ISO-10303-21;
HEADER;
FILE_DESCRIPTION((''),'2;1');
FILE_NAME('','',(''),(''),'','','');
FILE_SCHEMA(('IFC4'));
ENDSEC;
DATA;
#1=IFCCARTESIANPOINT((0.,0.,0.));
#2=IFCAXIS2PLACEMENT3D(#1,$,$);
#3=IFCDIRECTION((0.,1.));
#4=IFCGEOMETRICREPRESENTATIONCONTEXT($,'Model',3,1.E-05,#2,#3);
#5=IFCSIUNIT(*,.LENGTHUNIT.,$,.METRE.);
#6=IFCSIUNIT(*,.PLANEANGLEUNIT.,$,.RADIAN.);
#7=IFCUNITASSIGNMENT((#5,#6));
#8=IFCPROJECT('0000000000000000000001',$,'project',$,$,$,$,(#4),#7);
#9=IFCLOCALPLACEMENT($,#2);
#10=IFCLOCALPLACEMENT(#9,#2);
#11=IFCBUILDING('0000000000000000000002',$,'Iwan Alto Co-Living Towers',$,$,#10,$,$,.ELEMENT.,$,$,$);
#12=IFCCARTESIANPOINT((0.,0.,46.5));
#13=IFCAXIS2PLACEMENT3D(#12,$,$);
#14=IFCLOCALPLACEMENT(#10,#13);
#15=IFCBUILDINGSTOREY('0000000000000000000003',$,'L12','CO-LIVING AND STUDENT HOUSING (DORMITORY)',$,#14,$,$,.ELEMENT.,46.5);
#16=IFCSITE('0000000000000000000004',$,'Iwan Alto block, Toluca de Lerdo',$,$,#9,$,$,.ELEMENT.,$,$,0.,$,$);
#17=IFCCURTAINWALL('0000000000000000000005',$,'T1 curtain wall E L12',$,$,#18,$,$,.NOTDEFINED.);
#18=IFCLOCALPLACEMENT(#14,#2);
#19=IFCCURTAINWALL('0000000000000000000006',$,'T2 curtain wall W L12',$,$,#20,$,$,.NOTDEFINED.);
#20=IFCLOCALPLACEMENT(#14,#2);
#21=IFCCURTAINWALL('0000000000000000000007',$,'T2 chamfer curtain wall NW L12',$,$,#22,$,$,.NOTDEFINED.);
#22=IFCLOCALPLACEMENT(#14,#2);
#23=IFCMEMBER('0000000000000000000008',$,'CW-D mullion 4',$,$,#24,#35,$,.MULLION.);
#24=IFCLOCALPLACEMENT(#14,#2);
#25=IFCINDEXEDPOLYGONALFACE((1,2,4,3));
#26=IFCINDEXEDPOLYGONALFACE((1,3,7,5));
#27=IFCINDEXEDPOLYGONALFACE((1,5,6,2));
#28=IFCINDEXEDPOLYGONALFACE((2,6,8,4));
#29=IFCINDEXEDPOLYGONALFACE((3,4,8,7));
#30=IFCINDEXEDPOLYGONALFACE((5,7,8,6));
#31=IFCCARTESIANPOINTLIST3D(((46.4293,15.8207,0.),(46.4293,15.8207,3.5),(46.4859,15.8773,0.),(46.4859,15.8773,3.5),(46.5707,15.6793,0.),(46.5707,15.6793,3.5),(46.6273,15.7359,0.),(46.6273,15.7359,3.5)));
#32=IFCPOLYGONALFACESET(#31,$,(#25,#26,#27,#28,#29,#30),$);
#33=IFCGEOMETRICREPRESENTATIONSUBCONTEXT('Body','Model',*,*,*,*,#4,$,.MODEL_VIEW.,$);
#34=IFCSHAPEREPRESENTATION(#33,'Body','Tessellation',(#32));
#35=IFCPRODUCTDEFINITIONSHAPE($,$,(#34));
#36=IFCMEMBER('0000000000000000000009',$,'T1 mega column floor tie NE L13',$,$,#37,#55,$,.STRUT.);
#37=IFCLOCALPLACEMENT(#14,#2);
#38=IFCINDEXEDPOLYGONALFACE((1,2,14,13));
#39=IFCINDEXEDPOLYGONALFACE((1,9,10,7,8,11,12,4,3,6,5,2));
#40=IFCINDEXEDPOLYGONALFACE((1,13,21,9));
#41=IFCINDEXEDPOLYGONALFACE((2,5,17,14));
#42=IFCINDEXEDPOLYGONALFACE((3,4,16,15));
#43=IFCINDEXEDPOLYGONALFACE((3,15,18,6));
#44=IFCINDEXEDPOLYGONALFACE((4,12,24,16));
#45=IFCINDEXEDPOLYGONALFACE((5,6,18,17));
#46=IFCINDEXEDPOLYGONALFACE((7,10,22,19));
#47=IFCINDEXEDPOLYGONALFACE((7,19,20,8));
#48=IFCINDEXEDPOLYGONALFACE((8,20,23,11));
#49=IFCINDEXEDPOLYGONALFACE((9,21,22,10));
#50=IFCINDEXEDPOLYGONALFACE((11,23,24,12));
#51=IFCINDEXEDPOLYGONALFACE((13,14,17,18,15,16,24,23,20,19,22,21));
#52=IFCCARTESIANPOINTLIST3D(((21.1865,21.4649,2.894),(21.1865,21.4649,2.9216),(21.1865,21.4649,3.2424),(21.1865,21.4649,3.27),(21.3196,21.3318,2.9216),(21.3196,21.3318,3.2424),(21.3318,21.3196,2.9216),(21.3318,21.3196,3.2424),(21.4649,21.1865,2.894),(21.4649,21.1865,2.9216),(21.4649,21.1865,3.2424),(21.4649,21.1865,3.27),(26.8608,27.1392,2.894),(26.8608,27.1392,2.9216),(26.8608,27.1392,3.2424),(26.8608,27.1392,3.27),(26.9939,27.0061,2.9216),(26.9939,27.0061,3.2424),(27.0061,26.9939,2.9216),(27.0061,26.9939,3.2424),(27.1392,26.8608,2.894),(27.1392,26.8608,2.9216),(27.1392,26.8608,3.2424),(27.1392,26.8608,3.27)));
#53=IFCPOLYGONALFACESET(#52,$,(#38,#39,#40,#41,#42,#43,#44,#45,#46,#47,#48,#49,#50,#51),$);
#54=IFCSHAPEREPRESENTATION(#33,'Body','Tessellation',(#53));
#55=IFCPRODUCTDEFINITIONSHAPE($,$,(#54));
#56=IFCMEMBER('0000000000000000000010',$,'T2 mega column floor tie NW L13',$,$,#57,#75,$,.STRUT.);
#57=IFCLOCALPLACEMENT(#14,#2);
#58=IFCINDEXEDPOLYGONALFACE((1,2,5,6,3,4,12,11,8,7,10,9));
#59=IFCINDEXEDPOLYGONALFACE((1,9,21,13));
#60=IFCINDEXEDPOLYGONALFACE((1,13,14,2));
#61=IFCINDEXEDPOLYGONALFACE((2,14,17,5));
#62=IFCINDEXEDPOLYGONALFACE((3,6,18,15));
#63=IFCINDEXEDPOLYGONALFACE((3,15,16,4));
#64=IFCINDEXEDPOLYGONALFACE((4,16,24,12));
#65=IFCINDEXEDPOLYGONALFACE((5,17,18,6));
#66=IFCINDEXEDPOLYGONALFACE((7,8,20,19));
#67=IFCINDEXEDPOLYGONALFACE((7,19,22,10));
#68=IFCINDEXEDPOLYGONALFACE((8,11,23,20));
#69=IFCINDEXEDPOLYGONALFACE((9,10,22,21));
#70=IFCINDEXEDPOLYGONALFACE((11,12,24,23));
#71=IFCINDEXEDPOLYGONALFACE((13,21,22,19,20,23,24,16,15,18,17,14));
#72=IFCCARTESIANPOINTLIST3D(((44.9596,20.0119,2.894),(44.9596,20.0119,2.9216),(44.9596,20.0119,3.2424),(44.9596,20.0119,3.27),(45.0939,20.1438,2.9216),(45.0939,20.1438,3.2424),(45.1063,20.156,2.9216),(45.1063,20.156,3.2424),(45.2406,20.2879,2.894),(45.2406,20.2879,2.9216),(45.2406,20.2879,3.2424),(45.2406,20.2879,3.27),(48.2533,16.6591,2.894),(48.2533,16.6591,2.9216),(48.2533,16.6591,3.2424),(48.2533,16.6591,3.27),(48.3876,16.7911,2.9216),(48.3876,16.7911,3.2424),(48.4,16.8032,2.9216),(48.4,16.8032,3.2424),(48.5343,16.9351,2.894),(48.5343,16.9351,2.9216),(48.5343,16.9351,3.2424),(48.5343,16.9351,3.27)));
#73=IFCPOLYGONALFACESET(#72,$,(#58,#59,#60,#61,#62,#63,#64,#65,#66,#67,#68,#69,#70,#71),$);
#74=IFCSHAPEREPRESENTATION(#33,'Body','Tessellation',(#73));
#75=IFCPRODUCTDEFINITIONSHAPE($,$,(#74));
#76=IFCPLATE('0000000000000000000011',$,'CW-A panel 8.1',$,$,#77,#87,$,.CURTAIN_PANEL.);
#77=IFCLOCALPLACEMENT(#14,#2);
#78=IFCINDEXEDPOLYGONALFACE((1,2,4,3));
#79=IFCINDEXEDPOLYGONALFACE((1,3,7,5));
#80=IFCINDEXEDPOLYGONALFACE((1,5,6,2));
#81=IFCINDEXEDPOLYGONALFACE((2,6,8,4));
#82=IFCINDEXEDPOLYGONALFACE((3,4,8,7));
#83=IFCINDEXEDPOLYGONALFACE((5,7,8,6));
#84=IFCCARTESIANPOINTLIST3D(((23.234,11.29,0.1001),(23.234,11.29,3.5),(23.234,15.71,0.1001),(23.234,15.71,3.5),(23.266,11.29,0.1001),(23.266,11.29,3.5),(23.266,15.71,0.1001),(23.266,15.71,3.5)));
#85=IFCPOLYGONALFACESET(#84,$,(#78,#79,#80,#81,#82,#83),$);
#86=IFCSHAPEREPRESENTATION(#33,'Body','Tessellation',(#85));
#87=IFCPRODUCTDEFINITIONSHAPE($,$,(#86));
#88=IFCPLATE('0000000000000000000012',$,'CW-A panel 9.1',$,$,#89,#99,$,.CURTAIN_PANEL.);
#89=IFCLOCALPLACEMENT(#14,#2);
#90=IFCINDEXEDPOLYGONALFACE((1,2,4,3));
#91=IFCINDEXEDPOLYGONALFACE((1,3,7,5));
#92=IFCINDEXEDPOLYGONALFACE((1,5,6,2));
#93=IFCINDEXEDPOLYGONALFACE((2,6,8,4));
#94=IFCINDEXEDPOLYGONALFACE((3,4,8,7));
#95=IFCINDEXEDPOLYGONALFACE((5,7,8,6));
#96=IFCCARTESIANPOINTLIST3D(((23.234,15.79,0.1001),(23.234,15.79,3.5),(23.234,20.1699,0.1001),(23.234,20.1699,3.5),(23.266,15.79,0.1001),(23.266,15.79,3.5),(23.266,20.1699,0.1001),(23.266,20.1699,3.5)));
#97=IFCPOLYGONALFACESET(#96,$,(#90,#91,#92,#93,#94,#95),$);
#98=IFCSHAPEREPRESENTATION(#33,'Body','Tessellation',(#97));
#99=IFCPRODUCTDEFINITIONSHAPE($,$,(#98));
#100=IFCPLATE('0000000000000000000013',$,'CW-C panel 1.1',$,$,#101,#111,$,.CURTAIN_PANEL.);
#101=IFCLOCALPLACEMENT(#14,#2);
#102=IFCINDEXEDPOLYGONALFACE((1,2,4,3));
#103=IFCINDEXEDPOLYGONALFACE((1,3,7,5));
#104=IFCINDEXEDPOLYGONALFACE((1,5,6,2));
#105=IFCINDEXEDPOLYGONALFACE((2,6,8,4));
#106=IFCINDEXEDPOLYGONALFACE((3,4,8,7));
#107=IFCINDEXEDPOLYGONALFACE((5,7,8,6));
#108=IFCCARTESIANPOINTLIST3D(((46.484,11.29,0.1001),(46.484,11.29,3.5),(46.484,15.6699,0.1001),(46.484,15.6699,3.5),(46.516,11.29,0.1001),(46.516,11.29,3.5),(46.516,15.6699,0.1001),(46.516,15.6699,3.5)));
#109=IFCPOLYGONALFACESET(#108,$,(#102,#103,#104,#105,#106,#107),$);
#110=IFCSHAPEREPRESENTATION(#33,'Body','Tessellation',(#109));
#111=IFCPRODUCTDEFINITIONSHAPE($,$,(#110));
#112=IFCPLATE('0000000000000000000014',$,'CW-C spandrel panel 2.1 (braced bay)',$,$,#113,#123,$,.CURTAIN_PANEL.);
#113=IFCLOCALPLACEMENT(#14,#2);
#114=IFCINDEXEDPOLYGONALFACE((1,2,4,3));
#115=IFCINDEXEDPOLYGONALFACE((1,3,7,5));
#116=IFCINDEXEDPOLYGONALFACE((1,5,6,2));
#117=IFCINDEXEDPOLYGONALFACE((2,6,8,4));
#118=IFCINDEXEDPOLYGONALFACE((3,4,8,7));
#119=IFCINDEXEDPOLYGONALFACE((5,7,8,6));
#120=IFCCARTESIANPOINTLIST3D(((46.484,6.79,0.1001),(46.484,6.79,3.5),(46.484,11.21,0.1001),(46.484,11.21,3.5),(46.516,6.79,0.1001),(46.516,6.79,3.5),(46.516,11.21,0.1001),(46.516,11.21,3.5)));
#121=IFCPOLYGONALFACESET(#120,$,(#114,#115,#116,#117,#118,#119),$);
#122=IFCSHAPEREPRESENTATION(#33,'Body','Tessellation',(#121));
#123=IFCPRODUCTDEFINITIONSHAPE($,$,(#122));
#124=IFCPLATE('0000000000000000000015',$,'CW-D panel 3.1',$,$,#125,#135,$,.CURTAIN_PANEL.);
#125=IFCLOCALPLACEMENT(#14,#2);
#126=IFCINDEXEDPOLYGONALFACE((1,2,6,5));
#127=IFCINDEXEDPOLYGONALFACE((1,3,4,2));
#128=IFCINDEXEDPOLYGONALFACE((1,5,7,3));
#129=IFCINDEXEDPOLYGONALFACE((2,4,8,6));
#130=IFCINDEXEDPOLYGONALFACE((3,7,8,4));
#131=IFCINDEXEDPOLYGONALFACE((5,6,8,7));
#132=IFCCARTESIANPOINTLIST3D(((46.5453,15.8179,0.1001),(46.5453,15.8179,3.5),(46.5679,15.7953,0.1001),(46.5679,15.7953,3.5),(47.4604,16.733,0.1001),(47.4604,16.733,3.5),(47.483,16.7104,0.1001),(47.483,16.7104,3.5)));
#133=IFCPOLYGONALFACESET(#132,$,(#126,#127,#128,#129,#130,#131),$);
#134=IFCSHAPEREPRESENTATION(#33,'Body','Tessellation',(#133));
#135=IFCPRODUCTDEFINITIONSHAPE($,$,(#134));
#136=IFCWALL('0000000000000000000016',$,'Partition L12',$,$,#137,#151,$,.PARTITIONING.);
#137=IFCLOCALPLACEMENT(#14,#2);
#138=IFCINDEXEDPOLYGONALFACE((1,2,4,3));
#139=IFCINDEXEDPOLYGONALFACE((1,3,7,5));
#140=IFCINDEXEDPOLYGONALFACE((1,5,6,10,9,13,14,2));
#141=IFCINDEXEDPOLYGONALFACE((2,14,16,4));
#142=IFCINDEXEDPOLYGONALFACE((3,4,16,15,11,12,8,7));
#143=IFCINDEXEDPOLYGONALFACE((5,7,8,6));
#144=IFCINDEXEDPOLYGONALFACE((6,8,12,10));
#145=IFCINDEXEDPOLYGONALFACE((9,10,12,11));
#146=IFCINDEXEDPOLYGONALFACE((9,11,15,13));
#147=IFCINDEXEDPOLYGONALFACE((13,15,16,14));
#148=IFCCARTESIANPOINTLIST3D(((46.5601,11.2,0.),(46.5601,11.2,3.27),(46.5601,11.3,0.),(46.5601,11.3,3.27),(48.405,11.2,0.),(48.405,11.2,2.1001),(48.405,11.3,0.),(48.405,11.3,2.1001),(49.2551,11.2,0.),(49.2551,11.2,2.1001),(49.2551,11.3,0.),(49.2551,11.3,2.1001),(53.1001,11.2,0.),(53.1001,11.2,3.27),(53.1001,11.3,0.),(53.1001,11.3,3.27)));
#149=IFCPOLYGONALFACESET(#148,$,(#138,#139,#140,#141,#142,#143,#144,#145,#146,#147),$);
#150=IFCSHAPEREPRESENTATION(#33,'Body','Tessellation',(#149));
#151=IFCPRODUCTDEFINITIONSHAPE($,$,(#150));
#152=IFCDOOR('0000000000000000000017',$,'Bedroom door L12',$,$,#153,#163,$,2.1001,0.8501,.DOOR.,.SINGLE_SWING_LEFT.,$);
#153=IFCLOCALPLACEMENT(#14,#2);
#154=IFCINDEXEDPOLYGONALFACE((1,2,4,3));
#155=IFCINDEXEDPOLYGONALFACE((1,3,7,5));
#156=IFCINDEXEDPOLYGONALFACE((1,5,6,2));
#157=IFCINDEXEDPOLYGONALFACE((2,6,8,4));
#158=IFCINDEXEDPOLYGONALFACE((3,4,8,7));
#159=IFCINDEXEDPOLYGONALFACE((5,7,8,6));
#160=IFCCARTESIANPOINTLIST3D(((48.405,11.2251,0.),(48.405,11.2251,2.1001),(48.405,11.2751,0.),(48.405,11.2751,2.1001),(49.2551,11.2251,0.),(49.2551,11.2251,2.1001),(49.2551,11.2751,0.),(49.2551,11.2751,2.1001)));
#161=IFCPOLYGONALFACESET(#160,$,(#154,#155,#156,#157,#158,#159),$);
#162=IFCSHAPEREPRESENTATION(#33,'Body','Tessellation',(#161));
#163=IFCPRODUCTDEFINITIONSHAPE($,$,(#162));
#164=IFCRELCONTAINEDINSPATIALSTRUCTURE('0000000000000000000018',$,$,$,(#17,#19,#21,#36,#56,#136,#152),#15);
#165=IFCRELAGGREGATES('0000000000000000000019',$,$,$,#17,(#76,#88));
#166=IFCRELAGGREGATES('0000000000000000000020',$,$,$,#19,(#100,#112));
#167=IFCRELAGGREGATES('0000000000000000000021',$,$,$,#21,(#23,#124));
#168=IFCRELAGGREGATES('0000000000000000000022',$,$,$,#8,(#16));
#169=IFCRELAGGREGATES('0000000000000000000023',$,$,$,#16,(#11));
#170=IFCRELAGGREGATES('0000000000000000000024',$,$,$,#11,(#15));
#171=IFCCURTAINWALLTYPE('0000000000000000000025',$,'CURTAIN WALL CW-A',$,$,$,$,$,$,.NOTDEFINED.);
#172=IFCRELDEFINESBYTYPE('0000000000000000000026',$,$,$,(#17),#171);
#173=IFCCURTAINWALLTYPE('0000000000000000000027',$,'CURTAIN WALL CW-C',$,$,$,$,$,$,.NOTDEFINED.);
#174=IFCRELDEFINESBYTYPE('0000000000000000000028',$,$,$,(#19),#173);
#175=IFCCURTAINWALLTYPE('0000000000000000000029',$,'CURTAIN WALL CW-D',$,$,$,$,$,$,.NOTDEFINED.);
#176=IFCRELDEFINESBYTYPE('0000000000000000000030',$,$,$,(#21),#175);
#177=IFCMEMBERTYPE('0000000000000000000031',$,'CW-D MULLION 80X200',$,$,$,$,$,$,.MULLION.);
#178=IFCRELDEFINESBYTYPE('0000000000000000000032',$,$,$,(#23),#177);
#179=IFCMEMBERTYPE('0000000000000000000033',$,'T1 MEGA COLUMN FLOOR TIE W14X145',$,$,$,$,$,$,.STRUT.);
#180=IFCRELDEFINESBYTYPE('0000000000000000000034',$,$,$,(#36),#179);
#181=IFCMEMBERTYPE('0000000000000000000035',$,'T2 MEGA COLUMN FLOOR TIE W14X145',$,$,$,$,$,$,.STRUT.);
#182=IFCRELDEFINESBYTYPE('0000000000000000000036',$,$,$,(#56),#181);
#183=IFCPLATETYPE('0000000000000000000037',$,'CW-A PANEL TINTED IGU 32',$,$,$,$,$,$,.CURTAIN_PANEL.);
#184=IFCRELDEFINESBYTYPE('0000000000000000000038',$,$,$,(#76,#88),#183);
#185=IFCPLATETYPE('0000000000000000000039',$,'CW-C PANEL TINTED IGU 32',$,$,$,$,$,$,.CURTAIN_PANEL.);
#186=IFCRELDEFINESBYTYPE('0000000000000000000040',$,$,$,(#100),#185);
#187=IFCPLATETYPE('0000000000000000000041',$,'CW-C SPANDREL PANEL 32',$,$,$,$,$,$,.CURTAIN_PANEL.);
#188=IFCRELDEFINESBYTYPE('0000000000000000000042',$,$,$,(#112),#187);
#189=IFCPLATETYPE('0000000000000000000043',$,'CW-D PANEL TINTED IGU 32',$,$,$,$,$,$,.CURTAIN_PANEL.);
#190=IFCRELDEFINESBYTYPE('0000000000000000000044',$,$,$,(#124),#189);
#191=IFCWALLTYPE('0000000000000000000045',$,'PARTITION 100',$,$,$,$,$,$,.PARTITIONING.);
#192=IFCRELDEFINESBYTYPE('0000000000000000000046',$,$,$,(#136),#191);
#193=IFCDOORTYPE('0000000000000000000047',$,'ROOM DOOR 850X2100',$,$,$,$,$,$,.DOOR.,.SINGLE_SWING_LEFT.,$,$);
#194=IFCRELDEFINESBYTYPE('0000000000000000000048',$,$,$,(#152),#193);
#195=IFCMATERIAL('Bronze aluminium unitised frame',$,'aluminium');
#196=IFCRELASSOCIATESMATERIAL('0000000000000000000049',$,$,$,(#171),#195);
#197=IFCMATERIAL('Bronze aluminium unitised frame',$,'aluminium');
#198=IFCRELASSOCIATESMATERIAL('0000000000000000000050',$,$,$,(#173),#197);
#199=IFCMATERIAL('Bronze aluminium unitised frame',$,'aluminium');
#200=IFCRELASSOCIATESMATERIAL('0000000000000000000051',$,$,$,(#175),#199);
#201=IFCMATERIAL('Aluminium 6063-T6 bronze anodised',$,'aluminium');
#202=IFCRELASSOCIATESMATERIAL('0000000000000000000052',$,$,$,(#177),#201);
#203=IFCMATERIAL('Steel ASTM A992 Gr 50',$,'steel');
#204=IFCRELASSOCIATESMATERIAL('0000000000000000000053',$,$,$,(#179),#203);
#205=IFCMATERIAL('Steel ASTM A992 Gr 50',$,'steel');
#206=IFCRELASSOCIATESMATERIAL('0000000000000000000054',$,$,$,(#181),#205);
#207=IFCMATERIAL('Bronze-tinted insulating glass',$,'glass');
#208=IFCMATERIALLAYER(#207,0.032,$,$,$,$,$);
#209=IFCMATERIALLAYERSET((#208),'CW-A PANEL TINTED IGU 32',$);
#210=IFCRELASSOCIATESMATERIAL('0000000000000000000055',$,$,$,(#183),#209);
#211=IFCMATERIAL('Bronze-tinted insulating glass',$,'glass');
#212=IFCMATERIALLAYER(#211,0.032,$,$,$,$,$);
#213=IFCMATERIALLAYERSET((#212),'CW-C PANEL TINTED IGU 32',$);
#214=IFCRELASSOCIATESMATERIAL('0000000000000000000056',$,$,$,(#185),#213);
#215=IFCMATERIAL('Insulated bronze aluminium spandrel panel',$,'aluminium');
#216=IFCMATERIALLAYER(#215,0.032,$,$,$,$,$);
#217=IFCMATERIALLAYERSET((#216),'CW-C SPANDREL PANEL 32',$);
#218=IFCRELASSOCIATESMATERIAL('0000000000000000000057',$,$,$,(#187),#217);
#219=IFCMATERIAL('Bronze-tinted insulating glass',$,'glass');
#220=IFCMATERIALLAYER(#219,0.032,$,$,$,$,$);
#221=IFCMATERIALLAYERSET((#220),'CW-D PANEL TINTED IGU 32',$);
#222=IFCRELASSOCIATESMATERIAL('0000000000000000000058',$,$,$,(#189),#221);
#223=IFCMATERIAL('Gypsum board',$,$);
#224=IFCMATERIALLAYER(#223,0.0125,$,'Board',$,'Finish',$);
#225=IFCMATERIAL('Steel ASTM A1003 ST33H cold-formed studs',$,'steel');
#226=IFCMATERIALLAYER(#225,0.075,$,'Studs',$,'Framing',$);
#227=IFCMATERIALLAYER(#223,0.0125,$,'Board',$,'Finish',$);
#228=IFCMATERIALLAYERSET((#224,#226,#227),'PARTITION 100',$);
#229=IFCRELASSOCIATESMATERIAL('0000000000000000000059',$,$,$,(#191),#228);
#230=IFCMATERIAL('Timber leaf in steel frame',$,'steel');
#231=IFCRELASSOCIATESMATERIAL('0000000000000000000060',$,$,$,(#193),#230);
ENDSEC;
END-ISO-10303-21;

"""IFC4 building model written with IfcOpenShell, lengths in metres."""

from ifc_helpers import new_model, si_unit, direction, frame, frame_2d, origin, origin_2d, place, context, subcontext, project, spatial, rectangle, i_section, extrude, material, layer, layer_set, material_profile, profile_set, type_object, element, fill, aggregate, save


model = new_model("IFC4")

# Units and contexts
model_context = context("Model", 3, precision=1e-05, world=origin(), true_north=direction((0.0, 1.0)))
body_context = subcontext(model_context, "Body", "Model", "MODEL_VIEW")
ifc_project = project(units=[si_unit("LENGTHUNIT", "METRE"), si_unit("PLANEANGLEUNIT", "RADIAN")], contexts=[model_context])

# Site, building, storey
site_placement = place(None, origin())
site = spatial("IfcSite", under=ifc_project, at=site_placement, Name="Iwan Alto block, Toluca de Lerdo", CompositionType="ELEMENT", RefElevation=0.0)
building_placement = place(site_placement, origin())
building = spatial("IfcBuilding", under=site, at=building_placement, Name="Iwan Alto Co-Living Towers", CompositionType="ELEMENT")
storey_placement = place(building_placement, frame((0.0, 0.0, 46.5)))
storey = spatial("IfcBuildingStorey", under=building, at=storey_placement, Name="L12", Description="CO-LIVING AND STUDENT HOUSING (DORMITORY)", CompositionType="ELEMENT", Elevation=46.5)

# Curtain wall
ifc_material_1 = material(Name="Bronze aluminium unitised frame", Category="aluminium")
curtain_wall_type_1 = type_object("IfcCurtainWallType", Name="CURTAIN WALL CW-A", PredefinedType="NOTDEFINED", material=ifc_material_1)
curtain_wall_1_placement = place(storey_placement, origin())
curtain_wall_1 = element("IfcCurtainWall", 1, at=curtain_wall_1_placement, inside=storey, type_object=curtain_wall_type_1, Name="T1 curtain wall E L12", PredefinedType="NOTDEFINED")

# Curtain wall
ifc_material_2 = material(Name="Bronze aluminium unitised frame", Category="aluminium")
curtain_wall_type_2 = type_object("IfcCurtainWallType", Name="CURTAIN WALL CW-C", PredefinedType="NOTDEFINED", material=ifc_material_2)
curtain_wall_2_placement = place(storey_placement, origin())
curtain_wall_2 = element("IfcCurtainWall", 2, at=curtain_wall_2_placement, inside=storey, type_object=curtain_wall_type_2, Name="T2 curtain wall W L12", PredefinedType="NOTDEFINED")

# Curtain wall, member
ifc_material_3 = material(Name="Bronze aluminium unitised frame", Category="aluminium")
curtain_wall_type_3 = type_object("IfcCurtainWallType", Name="CURTAIN WALL CW-D", PredefinedType="NOTDEFINED", material=ifc_material_3)
curtain_wall_3_placement = place(storey_placement, origin())
curtain_wall_3 = element("IfcCurtainWall", 3, at=curtain_wall_3_placement, inside=storey, type_object=curtain_wall_type_3, Name="T2 chamfer curtain wall NW L12", PredefinedType="NOTDEFINED")
ifc_material_4 = material(Name="Aluminium 6063-T6 bronze anodised", Category="aluminium")
ifc_material_profile_1 = material_profile(ifc_material_4, rectangle(XDim=0.2, YDim=0.0801, at=origin_2d()), Name="AL 80X200")
ifc_profile_set_1 = profile_set([ifc_material_profile_1], Name="Aluminium 6063-T6 bronze anodised")
member_type_1 = type_object("IfcMemberType", Name="CW-D MULLION 80X200", PredefinedType="MULLION", material=ifc_profile_set_1)
member_1_placement = place(storey_placement, frame((46.5283, 15.7783, 0.0), z_axis=(0.0, 0.0, 1.0), x_axis=(0.707107, -0.707107, 0.0)))
member_1 = element("IfcMember", 4, at=member_1_placement, type_object=member_type_1, Name="CW-D mullion 4", PredefinedType="MULLION", context=body_context, shape_type="SweptSolid", body=[
    extrude(rectangle(XDim=0.2, YDim=0.0801, at=origin_2d()), origin(), (0.0, 0.0, 1.0), 3.5),
])

# Members
ifc_material_5 = material(Name="Steel ASTM A992 Gr 50", Category="steel")
ifc_material_profile_2 = material_profile(ifc_material_5, i_section(OverallWidth=0.3938, OverallDepth=0.376, WebThickness=0.0173, FlangeThickness=0.0276, at=origin_2d()), Name="W14X145")
ifc_profile_set_2 = profile_set([ifc_material_profile_2], Name="Steel ASTM A992 Gr 50")
member_type_2 = type_object("IfcMemberType", Name="T1 MEGA COLUMN FLOOR TIE W14X145", PredefinedType="STRUT", material=ifc_profile_set_2)
member_2_placement = place(storey_placement, frame((27.0, 27.0, 3.082), z_axis=(-0.707107, -0.707107, 0.0), x_axis=(0.707107, -0.707107, 0.0)))
element("IfcMember", 5, at=member_2_placement, inside=storey, type_object=member_type_2, Name="T1 mega column floor tie NE L13", PredefinedType="STRUT", context=body_context, shape_type="SweptSolid", body=[
    extrude(i_section(OverallWidth=0.3938, OverallDepth=0.376, WebThickness=0.0173, FlangeThickness=0.0276, at=origin_2d()), origin(), (0.0, 0.0, 1.0), 8.0247),
])
ifc_material_6 = material(Name="Steel ASTM A992 Gr 50", Category="steel")
ifc_material_profile_3 = material_profile(ifc_material_6, i_section(OverallWidth=0.3938, OverallDepth=0.376, WebThickness=0.0173, FlangeThickness=0.0276, at=origin_2d()), Name="W14X145")
ifc_profile_set_3 = profile_set([ifc_material_profile_3], Name="Steel ASTM A992 Gr 50")
member_type_3 = type_object("IfcMemberType", Name="T2 MEGA COLUMN FLOOR TIE W14X145", PredefinedType="STRUT", material=ifc_profile_set_3)
member_3_placement = place(storey_placement, frame((45.1001, 20.1499, 3.082), z_axis=(0.700793, -0.713364, 0.0), x_axis=(0.713364, 0.700793, 0.0)))
element("IfcMember", 6, at=member_3_placement, inside=storey, type_object=member_type_3, Name="T2 mega column floor tie NW L13", PredefinedType="STRUT", context=body_context, shape_type="SweptSolid", body=[
    extrude(i_section(OverallWidth=0.3938, OverallDepth=0.376, WebThickness=0.0173, FlangeThickness=0.0276, at=origin_2d()), origin(), (0.0, 0.0, 1.0), 4.7),
])

# Plates
ifc_material_7 = material(Name="Bronze-tinted insulating glass", Category="glass")
ifc_layer_1 = layer(ifc_material_7, 0.032)
ifc_layer_set_1 = layer_set([ifc_layer_1], Name="CW-A PANEL TINTED IGU 32")
plate_type_1 = type_object("IfcPlateType", Name="CW-A PANEL TINTED IGU 32", PredefinedType="CURTAIN_PANEL", material=ifc_layer_set_1)
plate_1_placement = place(storey_placement, frame((23.25, 13.5, 0.1001), z_axis=(0.0, 0.0, 1.0), x_axis=(0.0, 1.0, 0.0)))
plate_1 = element("IfcPlate", 7, at=plate_1_placement, type_object=plate_type_1, Name="CW-A panel 8.1", PredefinedType="CURTAIN_PANEL", context=body_context, shape_type="SweptSolid", body=[
    extrude(rectangle(XDim=4.4199, YDim=0.032, at=origin_2d()), origin(), (0.0, 0.0, 1.0), 3.3999),
])
plate_2_placement = place(storey_placement, frame((23.25, 17.98, 0.1001), z_axis=(0.0, 0.0, 1.0), x_axis=(0.0, 1.0, 0.0)))
plate_2 = element("IfcPlate", 8, at=plate_2_placement, type_object=plate_type_1, Name="CW-A panel 9.1", PredefinedType="CURTAIN_PANEL", context=body_context, shape_type="SweptSolid", body=[
    extrude(rectangle(XDim=4.3799, YDim=0.032, at=origin_2d()), origin(), (0.0, 0.0, 1.0), 3.3999),
])
aggregate(curtain_wall_1, [plate_1, plate_2])
ifc_material_8 = material(Name="Bronze-tinted insulating glass", Category="glass")
ifc_layer_2 = layer(ifc_material_8, 0.032)
ifc_layer_set_2 = layer_set([ifc_layer_2], Name="CW-C PANEL TINTED IGU 32")
plate_type_2 = type_object("IfcPlateType", Name="CW-C PANEL TINTED IGU 32", PredefinedType="CURTAIN_PANEL", material=ifc_layer_set_2)
plate_3_placement = place(storey_placement, frame((46.5, 13.48, 0.1001), z_axis=(0.0, 0.0, 1.0), x_axis=(0.0, -1.0, 0.0)))
plate_3 = element("IfcPlate", 9, at=plate_3_placement, type_object=plate_type_2, Name="CW-C panel 1.1", PredefinedType="CURTAIN_PANEL", context=body_context, shape_type="SweptSolid", body=[
    extrude(rectangle(XDim=4.3799, YDim=0.032, at=origin_2d()), origin(), (0.0, 0.0, 1.0), 3.3999),
])
ifc_material_9 = material(Name="Insulated bronze aluminium spandrel panel", Category="aluminium")
ifc_layer_3 = layer(ifc_material_9, 0.032)
ifc_layer_set_3 = layer_set([ifc_layer_3], Name="CW-C SPANDREL PANEL 32")
plate_type_3 = type_object("IfcPlateType", Name="CW-C SPANDREL PANEL 32", PredefinedType="CURTAIN_PANEL", material=ifc_layer_set_3)
plate_4_placement = place(storey_placement, frame((46.5, 9.0, 0.1001), z_axis=(0.0, 0.0, 1.0), x_axis=(0.0, -1.0, 0.0)))
plate_4 = element("IfcPlate", 10, at=plate_4_placement, type_object=plate_type_3, Name="CW-C spandrel panel 2.1 (braced bay)", PredefinedType="CURTAIN_PANEL", context=body_context, shape_type="SweptSolid", body=[
    extrude(rectangle(XDim=4.4199, YDim=0.032, at=origin_2d()), origin(), (0.0, 0.0, 1.0), 3.3999),
])
aggregate(curtain_wall_2, [plate_3, plate_4])
ifc_material_10 = material(Name="Bronze-tinted insulating glass", Category="glass")
ifc_layer_4 = layer(ifc_material_10, 0.032)
ifc_layer_set_4 = layer_set([ifc_layer_4], Name="CW-D PANEL TINTED IGU 32")
plate_type_4 = type_object("IfcPlateType", Name="CW-D PANEL TINTED IGU 32", PredefinedType="CURTAIN_PANEL", material=ifc_layer_set_4)
plate_5_placement = place(storey_placement, frame((47.0142, 16.2642, 0.1001), z_axis=(0.0, 0.0, 1.0), x_axis=(-0.707107, -0.707107, 0.0)))
plate_5 = element("IfcPlate", 11, at=plate_5_placement, type_object=plate_type_4, Name="CW-D panel 3.1", PredefinedType="CURTAIN_PANEL", context=body_context, shape_type="SweptSolid", body=[
    extrude(rectangle(XDim=1.2942, YDim=0.032, at=origin_2d()), origin(), (0.0, 0.0, 1.0), 3.3999),
])
aggregate(curtain_wall_3, [member_1, plate_5])

# Wall, opening, door
ifc_material_11 = material(Name="Gypsum board")
ifc_layer_5 = layer(ifc_material_11, 0.0125, Name="Board", Category="Finish")
ifc_material_12 = material(Name="Steel ASTM A1003 ST33H cold-formed studs", Category="steel")
ifc_layer_6 = layer(ifc_material_12, 0.075, Name="Studs", Category="Framing")
ifc_layer_7 = layer(ifc_material_11, 0.0125, Name="Board", Category="Finish")
ifc_layer_set_5 = layer_set([ifc_layer_5, ifc_layer_6, ifc_layer_7], Name="PARTITION 100")
wall_type = type_object("IfcWallType", Name="PARTITION 100", PredefinedType="PARTITIONING", material=ifc_layer_set_5)
wall_placement = place(storey_placement, frame((46.5601, 11.25, 0.0), z_axis=(0.0, 0.0, 1.0), x_axis=(1.0, 0.0, 0.0)))
wall = element("IfcWall", 12, at=wall_placement, inside=storey, type_object=wall_type, Name="Partition L12", PredefinedType="PARTITIONING", context=body_context, shape_type="SweptSolid", body=[
    extrude(rectangle(XDim=6.54, YDim=0.1001, at=frame_2d((3.27, 0.0))), origin(), (0.0, 0.0, 1.0), 3.27),
])
opening_placement = place(wall_placement, frame((1.845, 0.0, 0.0)))
opening = element("IfcOpeningElement", 13, at=opening_placement, cuts=wall, PredefinedType="OPENING", context=body_context, shape_type="SweptSolid", body=[
    extrude(rectangle(XDim=0.8501, YDim=2.1001, at=frame_2d((0.425, 1.05))), frame((0.0, 0.0601, 0.0), z_axis=(0.0, -1.0, 0.0), x_axis=(1.0, 0.0, 0.0)), (0.0, 0.0, 1.0), 0.1201),
])
ifc_material_13 = material(Name="Timber leaf in steel frame", Category="steel")
door_type = type_object("IfcDoorType", Name="ROOM DOOR 850X2100", OperationType="SINGLE_SWING_LEFT", PredefinedType="DOOR", material=ifc_material_13)
door_placement = place(opening_placement, frame((0.8501, 0.0, 0.0), z_axis=(0.0, 0.0, 1.0), x_axis=(-1.0, 0.0, 0.0)))
door = element("IfcDoor", 14, at=door_placement, inside=storey, type_object=door_type, Name="Bedroom door L12", OperationType="SINGLE_SWING_LEFT", OverallHeight=2.1001, OverallWidth=0.8501, PredefinedType="DOOR", context=body_context, shape_type="SweptSolid", body=[
    extrude(rectangle(XDim=0.8501, YDim=2.1001, at=frame_2d((0.425, 1.05))), frame((0.0, 0.0249, 0.0), z_axis=(0.0, -1.0, 0.0), x_axis=(1.0, 0.0, 0.0)), (0.0, 0.0, 1.0), 0.05),
])
fill(opening, door)

save(model, "model.ifc")
